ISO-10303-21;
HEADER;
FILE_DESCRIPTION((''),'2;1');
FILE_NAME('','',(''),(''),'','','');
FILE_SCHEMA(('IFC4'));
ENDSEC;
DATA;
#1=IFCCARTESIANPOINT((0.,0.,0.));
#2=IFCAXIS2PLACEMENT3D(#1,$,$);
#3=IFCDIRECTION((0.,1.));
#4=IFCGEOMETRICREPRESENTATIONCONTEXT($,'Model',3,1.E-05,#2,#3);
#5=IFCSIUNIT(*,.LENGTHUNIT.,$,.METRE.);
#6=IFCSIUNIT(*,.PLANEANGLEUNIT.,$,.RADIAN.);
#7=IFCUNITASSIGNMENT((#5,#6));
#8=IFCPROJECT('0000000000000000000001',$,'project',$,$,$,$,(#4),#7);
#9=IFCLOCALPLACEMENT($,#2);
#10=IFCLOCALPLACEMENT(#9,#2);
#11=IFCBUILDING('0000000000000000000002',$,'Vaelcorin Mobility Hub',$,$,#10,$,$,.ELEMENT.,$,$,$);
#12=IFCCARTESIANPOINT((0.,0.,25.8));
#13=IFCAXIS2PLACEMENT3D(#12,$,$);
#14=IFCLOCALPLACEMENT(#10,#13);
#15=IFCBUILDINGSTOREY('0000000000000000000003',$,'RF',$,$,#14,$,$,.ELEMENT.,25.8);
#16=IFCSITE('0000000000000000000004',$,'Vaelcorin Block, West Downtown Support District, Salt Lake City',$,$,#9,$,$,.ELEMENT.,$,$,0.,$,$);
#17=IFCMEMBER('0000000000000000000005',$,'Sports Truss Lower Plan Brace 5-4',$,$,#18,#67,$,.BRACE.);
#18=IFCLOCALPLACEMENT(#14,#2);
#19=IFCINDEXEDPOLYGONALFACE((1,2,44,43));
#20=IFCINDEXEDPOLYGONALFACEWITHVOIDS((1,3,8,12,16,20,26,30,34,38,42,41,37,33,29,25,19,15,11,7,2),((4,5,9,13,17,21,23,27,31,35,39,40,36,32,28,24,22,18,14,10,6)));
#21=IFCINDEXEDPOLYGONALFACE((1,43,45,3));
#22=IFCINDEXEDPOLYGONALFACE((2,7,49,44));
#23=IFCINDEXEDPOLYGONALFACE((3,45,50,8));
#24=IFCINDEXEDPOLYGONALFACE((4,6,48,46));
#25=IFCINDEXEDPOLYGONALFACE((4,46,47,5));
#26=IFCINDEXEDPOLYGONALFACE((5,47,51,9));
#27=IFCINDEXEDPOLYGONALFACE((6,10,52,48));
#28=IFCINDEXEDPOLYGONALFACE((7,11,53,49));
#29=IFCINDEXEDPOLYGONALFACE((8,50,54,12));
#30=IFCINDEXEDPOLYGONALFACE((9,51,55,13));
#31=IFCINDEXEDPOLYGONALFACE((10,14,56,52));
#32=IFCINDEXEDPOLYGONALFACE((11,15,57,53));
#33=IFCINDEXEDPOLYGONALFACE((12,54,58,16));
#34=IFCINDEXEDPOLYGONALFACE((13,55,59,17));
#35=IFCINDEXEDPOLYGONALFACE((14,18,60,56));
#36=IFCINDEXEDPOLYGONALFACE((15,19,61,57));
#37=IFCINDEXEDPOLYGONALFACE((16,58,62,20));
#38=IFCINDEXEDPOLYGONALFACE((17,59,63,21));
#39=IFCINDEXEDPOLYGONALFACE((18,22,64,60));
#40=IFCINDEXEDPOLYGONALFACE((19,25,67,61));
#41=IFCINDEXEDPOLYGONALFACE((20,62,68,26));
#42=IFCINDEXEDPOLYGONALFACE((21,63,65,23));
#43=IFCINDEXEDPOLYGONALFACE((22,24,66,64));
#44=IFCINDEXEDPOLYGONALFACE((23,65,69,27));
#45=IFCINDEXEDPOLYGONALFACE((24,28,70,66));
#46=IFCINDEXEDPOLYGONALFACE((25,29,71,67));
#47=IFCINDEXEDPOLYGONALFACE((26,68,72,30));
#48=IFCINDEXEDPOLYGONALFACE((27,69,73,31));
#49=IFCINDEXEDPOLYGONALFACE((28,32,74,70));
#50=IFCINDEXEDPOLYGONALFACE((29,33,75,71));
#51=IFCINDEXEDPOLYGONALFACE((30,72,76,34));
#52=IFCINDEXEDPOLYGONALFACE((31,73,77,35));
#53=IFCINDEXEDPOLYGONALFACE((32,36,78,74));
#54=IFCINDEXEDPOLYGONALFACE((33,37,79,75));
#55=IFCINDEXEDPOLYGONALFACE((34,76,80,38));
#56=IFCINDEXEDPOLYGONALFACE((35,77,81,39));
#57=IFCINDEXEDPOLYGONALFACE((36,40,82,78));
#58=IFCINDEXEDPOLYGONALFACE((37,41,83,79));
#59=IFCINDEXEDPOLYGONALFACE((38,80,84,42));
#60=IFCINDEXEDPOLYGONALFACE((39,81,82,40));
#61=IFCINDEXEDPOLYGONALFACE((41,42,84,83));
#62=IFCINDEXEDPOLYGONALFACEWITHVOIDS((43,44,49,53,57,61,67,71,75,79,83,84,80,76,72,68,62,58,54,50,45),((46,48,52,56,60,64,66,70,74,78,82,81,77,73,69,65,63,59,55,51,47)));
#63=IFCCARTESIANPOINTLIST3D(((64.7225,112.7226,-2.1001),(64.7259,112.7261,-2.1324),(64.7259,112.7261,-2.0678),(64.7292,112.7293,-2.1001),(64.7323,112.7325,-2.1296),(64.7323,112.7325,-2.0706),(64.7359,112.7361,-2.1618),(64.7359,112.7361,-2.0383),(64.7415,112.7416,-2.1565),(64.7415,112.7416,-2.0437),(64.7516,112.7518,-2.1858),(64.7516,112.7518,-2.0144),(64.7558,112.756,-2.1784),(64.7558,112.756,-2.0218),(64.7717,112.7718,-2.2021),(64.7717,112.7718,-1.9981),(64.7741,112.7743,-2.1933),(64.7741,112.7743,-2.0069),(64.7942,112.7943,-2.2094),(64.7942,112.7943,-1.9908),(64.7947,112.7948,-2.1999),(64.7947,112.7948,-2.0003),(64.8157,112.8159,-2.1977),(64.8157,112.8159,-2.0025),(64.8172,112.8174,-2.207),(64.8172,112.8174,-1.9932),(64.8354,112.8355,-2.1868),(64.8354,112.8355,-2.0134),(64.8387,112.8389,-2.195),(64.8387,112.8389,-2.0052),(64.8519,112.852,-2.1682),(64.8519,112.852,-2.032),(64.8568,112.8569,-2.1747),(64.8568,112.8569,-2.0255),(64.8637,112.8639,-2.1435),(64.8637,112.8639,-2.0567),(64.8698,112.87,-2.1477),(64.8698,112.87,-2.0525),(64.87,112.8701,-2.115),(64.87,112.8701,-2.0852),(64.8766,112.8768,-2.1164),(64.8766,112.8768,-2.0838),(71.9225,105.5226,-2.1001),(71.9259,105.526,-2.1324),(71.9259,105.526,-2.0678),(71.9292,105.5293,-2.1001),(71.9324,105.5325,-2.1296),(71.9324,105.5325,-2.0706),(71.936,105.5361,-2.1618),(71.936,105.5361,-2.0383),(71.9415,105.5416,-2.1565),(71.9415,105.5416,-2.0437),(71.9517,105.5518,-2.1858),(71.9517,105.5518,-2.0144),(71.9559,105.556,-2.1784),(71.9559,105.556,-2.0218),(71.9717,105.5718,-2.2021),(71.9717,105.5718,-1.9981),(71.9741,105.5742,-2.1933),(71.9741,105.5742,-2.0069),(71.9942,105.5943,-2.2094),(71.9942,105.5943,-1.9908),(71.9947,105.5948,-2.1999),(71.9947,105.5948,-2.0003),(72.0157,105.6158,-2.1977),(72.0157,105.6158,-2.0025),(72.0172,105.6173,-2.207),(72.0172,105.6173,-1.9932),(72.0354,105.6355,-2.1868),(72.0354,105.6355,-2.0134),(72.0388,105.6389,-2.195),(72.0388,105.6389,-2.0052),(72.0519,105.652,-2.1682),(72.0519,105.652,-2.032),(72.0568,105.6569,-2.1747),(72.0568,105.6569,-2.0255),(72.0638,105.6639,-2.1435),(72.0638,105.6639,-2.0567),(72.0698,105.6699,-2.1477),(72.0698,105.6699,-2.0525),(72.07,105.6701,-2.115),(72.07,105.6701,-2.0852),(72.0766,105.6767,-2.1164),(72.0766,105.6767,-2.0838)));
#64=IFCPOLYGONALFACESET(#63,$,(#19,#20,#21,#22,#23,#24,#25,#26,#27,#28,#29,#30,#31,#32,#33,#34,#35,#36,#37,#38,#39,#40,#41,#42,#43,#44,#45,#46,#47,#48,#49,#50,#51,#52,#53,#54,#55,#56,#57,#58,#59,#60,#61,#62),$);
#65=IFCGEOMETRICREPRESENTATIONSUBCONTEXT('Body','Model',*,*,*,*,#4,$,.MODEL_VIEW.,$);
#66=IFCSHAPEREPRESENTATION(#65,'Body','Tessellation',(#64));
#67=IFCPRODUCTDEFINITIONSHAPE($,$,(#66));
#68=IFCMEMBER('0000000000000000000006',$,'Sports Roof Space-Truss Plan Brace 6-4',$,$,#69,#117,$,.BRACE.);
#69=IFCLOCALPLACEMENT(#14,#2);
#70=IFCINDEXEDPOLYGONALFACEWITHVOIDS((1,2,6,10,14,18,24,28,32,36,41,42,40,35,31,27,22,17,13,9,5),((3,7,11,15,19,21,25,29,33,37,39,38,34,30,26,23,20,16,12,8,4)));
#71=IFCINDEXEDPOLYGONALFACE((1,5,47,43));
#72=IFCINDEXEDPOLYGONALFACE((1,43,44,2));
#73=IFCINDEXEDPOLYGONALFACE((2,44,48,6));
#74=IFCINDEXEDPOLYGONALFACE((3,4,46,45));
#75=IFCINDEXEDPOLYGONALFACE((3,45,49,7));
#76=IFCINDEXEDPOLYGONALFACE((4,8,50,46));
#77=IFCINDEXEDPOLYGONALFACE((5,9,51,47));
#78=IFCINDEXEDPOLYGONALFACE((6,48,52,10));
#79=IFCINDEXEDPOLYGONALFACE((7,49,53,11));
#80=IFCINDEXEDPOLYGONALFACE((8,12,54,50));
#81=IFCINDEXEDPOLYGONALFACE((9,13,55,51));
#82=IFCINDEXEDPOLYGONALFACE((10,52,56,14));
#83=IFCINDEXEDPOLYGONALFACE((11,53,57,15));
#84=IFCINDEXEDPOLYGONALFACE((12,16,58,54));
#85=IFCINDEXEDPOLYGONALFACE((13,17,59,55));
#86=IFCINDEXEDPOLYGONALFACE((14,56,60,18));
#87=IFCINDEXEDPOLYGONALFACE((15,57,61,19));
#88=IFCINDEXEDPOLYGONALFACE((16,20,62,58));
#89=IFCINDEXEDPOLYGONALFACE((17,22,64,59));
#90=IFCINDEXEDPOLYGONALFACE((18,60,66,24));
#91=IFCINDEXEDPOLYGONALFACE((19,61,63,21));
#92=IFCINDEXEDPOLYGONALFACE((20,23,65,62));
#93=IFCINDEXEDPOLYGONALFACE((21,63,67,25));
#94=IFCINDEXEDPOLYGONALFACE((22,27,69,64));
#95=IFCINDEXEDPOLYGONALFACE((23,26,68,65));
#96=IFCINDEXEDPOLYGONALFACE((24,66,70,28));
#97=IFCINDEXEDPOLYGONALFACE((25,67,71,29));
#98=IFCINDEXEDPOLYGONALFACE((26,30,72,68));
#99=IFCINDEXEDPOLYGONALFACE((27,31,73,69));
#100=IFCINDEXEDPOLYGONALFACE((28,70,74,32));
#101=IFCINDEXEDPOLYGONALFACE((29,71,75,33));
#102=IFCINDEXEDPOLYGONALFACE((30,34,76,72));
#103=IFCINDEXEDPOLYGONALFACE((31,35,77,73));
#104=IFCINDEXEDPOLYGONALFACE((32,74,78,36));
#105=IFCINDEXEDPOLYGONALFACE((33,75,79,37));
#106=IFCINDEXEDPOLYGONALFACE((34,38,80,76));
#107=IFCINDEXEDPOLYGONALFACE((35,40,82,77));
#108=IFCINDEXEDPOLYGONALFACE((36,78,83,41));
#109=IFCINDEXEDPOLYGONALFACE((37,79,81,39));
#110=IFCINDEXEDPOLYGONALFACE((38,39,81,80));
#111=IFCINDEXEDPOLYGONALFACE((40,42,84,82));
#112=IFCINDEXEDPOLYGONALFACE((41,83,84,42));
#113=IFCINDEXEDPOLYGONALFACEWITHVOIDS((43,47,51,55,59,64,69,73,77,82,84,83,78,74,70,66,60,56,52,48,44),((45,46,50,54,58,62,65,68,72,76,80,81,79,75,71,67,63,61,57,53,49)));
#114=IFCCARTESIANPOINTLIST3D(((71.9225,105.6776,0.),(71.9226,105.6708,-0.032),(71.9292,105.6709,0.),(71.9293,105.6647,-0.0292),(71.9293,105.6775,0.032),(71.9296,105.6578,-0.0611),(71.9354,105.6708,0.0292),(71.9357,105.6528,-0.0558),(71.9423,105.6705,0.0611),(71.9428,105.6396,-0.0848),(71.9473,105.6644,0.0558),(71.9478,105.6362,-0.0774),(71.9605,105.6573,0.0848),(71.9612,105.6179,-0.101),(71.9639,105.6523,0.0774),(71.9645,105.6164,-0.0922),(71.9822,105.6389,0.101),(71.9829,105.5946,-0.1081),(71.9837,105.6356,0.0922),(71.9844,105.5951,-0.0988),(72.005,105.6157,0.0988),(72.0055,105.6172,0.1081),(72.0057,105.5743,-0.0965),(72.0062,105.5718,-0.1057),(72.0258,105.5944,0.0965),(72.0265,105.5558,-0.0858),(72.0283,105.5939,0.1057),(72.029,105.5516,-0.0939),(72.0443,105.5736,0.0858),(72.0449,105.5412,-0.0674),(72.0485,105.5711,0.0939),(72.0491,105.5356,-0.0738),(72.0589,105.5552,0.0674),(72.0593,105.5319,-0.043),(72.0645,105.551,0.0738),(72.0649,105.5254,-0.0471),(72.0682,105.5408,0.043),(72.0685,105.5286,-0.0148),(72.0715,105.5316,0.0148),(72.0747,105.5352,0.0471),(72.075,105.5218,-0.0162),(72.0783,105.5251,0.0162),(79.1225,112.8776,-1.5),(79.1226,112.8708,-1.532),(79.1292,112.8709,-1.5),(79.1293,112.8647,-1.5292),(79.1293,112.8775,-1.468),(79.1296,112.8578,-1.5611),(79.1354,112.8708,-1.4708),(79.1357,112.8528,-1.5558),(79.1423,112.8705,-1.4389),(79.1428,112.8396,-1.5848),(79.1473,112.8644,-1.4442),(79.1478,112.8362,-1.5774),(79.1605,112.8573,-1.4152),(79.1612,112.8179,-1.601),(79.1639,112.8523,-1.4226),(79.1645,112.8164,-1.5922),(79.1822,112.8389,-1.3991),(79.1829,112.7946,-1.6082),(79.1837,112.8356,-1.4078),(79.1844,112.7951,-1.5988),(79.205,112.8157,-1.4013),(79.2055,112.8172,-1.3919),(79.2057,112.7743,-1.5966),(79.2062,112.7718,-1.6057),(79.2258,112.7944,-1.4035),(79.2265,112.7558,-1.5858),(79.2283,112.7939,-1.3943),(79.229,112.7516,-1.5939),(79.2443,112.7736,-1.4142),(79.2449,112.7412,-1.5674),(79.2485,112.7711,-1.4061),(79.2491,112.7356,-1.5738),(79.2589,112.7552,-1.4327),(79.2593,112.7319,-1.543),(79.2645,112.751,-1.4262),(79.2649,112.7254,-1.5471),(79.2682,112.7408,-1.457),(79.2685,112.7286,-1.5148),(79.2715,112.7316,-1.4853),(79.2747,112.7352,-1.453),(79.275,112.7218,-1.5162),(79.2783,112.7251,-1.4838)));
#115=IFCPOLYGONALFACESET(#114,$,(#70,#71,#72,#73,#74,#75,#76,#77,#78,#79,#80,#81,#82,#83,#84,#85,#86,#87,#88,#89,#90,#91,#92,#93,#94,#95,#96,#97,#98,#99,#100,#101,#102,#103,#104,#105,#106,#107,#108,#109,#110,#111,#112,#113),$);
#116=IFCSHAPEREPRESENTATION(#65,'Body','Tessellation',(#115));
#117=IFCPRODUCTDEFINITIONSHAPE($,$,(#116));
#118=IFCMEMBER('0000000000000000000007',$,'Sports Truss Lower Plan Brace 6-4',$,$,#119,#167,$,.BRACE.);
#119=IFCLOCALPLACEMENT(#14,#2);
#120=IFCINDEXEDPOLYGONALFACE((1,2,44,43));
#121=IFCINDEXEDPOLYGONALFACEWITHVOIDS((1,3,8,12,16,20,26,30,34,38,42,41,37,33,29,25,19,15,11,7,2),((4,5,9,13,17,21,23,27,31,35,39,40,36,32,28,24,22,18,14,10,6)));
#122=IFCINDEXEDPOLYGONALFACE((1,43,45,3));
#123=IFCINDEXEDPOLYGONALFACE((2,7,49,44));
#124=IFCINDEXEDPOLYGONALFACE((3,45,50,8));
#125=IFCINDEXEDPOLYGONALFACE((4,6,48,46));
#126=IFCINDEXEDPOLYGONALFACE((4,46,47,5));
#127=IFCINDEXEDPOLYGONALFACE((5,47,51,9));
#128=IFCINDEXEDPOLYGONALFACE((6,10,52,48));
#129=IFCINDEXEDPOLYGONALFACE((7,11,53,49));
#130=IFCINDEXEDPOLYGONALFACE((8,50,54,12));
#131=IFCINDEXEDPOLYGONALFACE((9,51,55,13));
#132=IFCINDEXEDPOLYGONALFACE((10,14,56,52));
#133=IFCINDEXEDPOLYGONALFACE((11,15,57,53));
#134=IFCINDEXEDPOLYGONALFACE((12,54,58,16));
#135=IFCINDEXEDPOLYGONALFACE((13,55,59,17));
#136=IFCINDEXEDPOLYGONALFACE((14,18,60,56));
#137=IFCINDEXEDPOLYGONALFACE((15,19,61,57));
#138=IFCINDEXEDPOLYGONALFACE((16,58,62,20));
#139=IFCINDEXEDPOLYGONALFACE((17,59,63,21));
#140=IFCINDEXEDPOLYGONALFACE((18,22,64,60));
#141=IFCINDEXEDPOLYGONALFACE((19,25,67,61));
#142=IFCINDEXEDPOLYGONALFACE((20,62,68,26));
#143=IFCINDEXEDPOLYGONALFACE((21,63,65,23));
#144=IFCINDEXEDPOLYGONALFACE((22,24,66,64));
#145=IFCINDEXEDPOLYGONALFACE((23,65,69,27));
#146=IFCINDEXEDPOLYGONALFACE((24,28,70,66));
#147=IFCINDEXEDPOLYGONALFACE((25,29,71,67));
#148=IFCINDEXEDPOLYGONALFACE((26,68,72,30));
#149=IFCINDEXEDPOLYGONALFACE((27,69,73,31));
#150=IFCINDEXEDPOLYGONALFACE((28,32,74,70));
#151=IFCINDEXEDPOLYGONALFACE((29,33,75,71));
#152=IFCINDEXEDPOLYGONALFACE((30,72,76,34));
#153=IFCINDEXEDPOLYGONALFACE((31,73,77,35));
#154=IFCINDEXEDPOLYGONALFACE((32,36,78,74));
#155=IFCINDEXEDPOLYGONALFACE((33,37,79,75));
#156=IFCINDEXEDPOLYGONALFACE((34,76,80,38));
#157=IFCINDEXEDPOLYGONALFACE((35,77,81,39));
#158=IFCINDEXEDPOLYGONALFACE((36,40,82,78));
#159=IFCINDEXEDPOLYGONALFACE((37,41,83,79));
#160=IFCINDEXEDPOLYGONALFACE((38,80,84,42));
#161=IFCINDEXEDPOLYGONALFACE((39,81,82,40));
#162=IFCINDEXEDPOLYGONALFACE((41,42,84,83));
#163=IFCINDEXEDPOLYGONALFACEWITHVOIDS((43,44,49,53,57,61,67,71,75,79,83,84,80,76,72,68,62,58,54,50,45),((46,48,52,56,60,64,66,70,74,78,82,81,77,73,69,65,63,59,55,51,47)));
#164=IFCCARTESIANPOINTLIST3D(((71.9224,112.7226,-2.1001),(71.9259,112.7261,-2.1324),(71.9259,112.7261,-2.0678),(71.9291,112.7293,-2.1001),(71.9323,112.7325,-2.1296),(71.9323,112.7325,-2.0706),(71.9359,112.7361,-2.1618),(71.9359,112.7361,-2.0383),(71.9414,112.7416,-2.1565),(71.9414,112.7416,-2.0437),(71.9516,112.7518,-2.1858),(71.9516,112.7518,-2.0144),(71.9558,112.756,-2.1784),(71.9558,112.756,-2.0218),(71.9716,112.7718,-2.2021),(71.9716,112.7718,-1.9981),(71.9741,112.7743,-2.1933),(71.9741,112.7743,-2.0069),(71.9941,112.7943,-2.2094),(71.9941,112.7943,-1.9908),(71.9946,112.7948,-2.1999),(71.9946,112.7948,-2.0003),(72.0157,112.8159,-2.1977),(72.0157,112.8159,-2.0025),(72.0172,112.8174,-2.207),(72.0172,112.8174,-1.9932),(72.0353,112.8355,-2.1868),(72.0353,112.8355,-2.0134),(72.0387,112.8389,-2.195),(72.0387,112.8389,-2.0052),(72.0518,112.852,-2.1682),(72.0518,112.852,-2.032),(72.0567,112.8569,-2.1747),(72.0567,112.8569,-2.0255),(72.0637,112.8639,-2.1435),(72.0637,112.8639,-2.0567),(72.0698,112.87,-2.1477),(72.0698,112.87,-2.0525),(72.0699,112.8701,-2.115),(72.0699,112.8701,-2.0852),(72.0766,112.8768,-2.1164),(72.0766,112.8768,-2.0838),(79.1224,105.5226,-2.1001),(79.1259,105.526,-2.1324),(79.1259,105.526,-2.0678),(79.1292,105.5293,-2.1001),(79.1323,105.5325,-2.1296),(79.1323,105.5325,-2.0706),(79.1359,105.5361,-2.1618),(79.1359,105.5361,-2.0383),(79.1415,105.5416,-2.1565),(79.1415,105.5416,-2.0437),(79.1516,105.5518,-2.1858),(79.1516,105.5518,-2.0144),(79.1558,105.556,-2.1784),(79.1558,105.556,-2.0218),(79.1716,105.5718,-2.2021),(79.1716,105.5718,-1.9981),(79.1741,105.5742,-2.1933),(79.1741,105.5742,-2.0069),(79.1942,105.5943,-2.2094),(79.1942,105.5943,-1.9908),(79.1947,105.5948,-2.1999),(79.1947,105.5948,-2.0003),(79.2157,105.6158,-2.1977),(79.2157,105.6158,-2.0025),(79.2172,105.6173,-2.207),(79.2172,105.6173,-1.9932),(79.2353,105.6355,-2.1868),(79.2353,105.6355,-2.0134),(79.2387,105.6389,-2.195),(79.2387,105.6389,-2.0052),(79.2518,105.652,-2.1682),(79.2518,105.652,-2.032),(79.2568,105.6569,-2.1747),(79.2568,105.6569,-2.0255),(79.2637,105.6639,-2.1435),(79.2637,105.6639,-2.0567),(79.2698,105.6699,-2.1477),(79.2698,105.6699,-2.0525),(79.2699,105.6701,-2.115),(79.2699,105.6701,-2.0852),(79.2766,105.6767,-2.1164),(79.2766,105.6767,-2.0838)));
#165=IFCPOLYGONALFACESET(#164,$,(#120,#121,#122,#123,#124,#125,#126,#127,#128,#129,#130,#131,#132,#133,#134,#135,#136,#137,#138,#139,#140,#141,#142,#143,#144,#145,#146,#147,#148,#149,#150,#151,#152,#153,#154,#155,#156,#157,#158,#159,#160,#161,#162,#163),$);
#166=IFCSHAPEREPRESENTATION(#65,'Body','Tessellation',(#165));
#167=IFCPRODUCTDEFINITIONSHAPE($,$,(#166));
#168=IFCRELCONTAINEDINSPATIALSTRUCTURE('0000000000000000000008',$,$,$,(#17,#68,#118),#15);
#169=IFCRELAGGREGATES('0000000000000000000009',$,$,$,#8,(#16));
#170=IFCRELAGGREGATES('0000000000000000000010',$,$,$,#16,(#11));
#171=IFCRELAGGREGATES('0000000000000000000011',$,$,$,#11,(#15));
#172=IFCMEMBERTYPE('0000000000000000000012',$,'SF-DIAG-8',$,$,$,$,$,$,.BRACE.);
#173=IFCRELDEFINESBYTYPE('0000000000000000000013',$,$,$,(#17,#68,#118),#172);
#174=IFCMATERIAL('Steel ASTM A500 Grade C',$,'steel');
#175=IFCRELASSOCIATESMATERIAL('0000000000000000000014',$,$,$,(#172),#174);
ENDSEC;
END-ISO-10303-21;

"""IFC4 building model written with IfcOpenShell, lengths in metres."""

from ifc_helpers import new_model, si_unit, direction, frame, origin, origin_2d, place, context, subcontext, project, spatial, hollow_circle, extrude, material, material_profile, profile_set, type_object, element, save


model = new_model("IFC4")

# Units and contexts
model_context = context("Model", 3, precision=1e-05, world=origin(), true_north=direction((0.0, 1.0)))
body_context = subcontext(model_context, "Body", "Model", "MODEL_VIEW")
ifc_project = project(units=[si_unit("LENGTHUNIT", "METRE"), si_unit("PLANEANGLEUNIT", "RADIAN")], contexts=[model_context])

# Site, building, storey
site_placement = place(None, origin())
site = spatial("IfcSite", under=ifc_project, at=site_placement, Name="Vaelcorin Block, West Downtown Support District, Salt Lake City", CompositionType="ELEMENT", RefElevation=0.0)
building_placement = place(site_placement, origin())
building = spatial("IfcBuilding", under=site, at=building_placement, Name="Vaelcorin Mobility Hub", CompositionType="ELEMENT")
storey_placement = place(building_placement, frame((0.0, 0.0, 25.8)))
storey = spatial("IfcBuildingStorey", under=building, at=storey_placement, Name="RF", CompositionType="ELEMENT", Elevation=25.8)

# Members
ifc_material_1 = material(Name="Steel ASTM A500 Grade C", Category="steel")
ifc_material_profile_1 = material_profile(ifc_material_1, hollow_circle(Radius=0.1096, WallThickness=0.0095, at=origin_2d()), Name="HSS8.625X0.375")
ifc_profile_set_1 = profile_set([ifc_material_profile_1], Name="Steel ASTM A500 Grade C")
member_type_1 = type_object("IfcMemberType", Name="SF-DIAG-8", PredefinedType="BRACE", material=ifc_profile_set_1)
member_1_placement = place(storey_placement, frame((72.0, 105.6001, -2.1001), z_axis=(-0.707107, 0.707107, 0.0), x_axis=(-0.707107, -0.707107, 0.0)))
element("IfcMember", 1, at=member_1_placement, inside=storey, type_object=member_type_1, Name="Sports Truss Lower Plan Brace 5-4", PredefinedType="BRACE", context=body_context, shape_type="SweptSolid", body=[
    extrude(hollow_circle(Radius=0.1096, WallThickness=0.0095, at=origin_2d()), origin(), (0.0, 0.0, 1.0), 10.1824),
])
member_2_placement = place(storey_placement, frame((72.0, 105.6001, 0.0), z_axis=(0.699557, 0.699557, -0.145742), x_axis=(-0.707107, 0.707107, 0.0)))
element("IfcMember", 2, at=member_2_placement, inside=storey, type_object=member_type_1, Name="Sports Roof Space-Truss Plan Brace 6-4", PredefinedType="BRACE", context=body_context, shape_type="SweptSolid", body=[
    extrude(hollow_circle(Radius=0.1096, WallThickness=0.0095, at=origin_2d()), origin(), (0.0, 0.0, 1.0), 10.2922),
])
member_3_placement = place(storey_placement, frame((79.2, 105.6001, -2.1001), z_axis=(-0.707107, 0.707107, 0.0), x_axis=(-0.707107, -0.707107, 0.0)))
element("IfcMember", 3, at=member_3_placement, inside=storey, type_object=member_type_1, Name="Sports Truss Lower Plan Brace 6-4", PredefinedType="BRACE", context=body_context, shape_type="SweptSolid", body=[
    extrude(hollow_circle(Radius=0.1096, WallThickness=0.0095, at=origin_2d()), origin(), (0.0, 0.0, 1.0), 10.1824),
])

save(model, "model.ifc")
